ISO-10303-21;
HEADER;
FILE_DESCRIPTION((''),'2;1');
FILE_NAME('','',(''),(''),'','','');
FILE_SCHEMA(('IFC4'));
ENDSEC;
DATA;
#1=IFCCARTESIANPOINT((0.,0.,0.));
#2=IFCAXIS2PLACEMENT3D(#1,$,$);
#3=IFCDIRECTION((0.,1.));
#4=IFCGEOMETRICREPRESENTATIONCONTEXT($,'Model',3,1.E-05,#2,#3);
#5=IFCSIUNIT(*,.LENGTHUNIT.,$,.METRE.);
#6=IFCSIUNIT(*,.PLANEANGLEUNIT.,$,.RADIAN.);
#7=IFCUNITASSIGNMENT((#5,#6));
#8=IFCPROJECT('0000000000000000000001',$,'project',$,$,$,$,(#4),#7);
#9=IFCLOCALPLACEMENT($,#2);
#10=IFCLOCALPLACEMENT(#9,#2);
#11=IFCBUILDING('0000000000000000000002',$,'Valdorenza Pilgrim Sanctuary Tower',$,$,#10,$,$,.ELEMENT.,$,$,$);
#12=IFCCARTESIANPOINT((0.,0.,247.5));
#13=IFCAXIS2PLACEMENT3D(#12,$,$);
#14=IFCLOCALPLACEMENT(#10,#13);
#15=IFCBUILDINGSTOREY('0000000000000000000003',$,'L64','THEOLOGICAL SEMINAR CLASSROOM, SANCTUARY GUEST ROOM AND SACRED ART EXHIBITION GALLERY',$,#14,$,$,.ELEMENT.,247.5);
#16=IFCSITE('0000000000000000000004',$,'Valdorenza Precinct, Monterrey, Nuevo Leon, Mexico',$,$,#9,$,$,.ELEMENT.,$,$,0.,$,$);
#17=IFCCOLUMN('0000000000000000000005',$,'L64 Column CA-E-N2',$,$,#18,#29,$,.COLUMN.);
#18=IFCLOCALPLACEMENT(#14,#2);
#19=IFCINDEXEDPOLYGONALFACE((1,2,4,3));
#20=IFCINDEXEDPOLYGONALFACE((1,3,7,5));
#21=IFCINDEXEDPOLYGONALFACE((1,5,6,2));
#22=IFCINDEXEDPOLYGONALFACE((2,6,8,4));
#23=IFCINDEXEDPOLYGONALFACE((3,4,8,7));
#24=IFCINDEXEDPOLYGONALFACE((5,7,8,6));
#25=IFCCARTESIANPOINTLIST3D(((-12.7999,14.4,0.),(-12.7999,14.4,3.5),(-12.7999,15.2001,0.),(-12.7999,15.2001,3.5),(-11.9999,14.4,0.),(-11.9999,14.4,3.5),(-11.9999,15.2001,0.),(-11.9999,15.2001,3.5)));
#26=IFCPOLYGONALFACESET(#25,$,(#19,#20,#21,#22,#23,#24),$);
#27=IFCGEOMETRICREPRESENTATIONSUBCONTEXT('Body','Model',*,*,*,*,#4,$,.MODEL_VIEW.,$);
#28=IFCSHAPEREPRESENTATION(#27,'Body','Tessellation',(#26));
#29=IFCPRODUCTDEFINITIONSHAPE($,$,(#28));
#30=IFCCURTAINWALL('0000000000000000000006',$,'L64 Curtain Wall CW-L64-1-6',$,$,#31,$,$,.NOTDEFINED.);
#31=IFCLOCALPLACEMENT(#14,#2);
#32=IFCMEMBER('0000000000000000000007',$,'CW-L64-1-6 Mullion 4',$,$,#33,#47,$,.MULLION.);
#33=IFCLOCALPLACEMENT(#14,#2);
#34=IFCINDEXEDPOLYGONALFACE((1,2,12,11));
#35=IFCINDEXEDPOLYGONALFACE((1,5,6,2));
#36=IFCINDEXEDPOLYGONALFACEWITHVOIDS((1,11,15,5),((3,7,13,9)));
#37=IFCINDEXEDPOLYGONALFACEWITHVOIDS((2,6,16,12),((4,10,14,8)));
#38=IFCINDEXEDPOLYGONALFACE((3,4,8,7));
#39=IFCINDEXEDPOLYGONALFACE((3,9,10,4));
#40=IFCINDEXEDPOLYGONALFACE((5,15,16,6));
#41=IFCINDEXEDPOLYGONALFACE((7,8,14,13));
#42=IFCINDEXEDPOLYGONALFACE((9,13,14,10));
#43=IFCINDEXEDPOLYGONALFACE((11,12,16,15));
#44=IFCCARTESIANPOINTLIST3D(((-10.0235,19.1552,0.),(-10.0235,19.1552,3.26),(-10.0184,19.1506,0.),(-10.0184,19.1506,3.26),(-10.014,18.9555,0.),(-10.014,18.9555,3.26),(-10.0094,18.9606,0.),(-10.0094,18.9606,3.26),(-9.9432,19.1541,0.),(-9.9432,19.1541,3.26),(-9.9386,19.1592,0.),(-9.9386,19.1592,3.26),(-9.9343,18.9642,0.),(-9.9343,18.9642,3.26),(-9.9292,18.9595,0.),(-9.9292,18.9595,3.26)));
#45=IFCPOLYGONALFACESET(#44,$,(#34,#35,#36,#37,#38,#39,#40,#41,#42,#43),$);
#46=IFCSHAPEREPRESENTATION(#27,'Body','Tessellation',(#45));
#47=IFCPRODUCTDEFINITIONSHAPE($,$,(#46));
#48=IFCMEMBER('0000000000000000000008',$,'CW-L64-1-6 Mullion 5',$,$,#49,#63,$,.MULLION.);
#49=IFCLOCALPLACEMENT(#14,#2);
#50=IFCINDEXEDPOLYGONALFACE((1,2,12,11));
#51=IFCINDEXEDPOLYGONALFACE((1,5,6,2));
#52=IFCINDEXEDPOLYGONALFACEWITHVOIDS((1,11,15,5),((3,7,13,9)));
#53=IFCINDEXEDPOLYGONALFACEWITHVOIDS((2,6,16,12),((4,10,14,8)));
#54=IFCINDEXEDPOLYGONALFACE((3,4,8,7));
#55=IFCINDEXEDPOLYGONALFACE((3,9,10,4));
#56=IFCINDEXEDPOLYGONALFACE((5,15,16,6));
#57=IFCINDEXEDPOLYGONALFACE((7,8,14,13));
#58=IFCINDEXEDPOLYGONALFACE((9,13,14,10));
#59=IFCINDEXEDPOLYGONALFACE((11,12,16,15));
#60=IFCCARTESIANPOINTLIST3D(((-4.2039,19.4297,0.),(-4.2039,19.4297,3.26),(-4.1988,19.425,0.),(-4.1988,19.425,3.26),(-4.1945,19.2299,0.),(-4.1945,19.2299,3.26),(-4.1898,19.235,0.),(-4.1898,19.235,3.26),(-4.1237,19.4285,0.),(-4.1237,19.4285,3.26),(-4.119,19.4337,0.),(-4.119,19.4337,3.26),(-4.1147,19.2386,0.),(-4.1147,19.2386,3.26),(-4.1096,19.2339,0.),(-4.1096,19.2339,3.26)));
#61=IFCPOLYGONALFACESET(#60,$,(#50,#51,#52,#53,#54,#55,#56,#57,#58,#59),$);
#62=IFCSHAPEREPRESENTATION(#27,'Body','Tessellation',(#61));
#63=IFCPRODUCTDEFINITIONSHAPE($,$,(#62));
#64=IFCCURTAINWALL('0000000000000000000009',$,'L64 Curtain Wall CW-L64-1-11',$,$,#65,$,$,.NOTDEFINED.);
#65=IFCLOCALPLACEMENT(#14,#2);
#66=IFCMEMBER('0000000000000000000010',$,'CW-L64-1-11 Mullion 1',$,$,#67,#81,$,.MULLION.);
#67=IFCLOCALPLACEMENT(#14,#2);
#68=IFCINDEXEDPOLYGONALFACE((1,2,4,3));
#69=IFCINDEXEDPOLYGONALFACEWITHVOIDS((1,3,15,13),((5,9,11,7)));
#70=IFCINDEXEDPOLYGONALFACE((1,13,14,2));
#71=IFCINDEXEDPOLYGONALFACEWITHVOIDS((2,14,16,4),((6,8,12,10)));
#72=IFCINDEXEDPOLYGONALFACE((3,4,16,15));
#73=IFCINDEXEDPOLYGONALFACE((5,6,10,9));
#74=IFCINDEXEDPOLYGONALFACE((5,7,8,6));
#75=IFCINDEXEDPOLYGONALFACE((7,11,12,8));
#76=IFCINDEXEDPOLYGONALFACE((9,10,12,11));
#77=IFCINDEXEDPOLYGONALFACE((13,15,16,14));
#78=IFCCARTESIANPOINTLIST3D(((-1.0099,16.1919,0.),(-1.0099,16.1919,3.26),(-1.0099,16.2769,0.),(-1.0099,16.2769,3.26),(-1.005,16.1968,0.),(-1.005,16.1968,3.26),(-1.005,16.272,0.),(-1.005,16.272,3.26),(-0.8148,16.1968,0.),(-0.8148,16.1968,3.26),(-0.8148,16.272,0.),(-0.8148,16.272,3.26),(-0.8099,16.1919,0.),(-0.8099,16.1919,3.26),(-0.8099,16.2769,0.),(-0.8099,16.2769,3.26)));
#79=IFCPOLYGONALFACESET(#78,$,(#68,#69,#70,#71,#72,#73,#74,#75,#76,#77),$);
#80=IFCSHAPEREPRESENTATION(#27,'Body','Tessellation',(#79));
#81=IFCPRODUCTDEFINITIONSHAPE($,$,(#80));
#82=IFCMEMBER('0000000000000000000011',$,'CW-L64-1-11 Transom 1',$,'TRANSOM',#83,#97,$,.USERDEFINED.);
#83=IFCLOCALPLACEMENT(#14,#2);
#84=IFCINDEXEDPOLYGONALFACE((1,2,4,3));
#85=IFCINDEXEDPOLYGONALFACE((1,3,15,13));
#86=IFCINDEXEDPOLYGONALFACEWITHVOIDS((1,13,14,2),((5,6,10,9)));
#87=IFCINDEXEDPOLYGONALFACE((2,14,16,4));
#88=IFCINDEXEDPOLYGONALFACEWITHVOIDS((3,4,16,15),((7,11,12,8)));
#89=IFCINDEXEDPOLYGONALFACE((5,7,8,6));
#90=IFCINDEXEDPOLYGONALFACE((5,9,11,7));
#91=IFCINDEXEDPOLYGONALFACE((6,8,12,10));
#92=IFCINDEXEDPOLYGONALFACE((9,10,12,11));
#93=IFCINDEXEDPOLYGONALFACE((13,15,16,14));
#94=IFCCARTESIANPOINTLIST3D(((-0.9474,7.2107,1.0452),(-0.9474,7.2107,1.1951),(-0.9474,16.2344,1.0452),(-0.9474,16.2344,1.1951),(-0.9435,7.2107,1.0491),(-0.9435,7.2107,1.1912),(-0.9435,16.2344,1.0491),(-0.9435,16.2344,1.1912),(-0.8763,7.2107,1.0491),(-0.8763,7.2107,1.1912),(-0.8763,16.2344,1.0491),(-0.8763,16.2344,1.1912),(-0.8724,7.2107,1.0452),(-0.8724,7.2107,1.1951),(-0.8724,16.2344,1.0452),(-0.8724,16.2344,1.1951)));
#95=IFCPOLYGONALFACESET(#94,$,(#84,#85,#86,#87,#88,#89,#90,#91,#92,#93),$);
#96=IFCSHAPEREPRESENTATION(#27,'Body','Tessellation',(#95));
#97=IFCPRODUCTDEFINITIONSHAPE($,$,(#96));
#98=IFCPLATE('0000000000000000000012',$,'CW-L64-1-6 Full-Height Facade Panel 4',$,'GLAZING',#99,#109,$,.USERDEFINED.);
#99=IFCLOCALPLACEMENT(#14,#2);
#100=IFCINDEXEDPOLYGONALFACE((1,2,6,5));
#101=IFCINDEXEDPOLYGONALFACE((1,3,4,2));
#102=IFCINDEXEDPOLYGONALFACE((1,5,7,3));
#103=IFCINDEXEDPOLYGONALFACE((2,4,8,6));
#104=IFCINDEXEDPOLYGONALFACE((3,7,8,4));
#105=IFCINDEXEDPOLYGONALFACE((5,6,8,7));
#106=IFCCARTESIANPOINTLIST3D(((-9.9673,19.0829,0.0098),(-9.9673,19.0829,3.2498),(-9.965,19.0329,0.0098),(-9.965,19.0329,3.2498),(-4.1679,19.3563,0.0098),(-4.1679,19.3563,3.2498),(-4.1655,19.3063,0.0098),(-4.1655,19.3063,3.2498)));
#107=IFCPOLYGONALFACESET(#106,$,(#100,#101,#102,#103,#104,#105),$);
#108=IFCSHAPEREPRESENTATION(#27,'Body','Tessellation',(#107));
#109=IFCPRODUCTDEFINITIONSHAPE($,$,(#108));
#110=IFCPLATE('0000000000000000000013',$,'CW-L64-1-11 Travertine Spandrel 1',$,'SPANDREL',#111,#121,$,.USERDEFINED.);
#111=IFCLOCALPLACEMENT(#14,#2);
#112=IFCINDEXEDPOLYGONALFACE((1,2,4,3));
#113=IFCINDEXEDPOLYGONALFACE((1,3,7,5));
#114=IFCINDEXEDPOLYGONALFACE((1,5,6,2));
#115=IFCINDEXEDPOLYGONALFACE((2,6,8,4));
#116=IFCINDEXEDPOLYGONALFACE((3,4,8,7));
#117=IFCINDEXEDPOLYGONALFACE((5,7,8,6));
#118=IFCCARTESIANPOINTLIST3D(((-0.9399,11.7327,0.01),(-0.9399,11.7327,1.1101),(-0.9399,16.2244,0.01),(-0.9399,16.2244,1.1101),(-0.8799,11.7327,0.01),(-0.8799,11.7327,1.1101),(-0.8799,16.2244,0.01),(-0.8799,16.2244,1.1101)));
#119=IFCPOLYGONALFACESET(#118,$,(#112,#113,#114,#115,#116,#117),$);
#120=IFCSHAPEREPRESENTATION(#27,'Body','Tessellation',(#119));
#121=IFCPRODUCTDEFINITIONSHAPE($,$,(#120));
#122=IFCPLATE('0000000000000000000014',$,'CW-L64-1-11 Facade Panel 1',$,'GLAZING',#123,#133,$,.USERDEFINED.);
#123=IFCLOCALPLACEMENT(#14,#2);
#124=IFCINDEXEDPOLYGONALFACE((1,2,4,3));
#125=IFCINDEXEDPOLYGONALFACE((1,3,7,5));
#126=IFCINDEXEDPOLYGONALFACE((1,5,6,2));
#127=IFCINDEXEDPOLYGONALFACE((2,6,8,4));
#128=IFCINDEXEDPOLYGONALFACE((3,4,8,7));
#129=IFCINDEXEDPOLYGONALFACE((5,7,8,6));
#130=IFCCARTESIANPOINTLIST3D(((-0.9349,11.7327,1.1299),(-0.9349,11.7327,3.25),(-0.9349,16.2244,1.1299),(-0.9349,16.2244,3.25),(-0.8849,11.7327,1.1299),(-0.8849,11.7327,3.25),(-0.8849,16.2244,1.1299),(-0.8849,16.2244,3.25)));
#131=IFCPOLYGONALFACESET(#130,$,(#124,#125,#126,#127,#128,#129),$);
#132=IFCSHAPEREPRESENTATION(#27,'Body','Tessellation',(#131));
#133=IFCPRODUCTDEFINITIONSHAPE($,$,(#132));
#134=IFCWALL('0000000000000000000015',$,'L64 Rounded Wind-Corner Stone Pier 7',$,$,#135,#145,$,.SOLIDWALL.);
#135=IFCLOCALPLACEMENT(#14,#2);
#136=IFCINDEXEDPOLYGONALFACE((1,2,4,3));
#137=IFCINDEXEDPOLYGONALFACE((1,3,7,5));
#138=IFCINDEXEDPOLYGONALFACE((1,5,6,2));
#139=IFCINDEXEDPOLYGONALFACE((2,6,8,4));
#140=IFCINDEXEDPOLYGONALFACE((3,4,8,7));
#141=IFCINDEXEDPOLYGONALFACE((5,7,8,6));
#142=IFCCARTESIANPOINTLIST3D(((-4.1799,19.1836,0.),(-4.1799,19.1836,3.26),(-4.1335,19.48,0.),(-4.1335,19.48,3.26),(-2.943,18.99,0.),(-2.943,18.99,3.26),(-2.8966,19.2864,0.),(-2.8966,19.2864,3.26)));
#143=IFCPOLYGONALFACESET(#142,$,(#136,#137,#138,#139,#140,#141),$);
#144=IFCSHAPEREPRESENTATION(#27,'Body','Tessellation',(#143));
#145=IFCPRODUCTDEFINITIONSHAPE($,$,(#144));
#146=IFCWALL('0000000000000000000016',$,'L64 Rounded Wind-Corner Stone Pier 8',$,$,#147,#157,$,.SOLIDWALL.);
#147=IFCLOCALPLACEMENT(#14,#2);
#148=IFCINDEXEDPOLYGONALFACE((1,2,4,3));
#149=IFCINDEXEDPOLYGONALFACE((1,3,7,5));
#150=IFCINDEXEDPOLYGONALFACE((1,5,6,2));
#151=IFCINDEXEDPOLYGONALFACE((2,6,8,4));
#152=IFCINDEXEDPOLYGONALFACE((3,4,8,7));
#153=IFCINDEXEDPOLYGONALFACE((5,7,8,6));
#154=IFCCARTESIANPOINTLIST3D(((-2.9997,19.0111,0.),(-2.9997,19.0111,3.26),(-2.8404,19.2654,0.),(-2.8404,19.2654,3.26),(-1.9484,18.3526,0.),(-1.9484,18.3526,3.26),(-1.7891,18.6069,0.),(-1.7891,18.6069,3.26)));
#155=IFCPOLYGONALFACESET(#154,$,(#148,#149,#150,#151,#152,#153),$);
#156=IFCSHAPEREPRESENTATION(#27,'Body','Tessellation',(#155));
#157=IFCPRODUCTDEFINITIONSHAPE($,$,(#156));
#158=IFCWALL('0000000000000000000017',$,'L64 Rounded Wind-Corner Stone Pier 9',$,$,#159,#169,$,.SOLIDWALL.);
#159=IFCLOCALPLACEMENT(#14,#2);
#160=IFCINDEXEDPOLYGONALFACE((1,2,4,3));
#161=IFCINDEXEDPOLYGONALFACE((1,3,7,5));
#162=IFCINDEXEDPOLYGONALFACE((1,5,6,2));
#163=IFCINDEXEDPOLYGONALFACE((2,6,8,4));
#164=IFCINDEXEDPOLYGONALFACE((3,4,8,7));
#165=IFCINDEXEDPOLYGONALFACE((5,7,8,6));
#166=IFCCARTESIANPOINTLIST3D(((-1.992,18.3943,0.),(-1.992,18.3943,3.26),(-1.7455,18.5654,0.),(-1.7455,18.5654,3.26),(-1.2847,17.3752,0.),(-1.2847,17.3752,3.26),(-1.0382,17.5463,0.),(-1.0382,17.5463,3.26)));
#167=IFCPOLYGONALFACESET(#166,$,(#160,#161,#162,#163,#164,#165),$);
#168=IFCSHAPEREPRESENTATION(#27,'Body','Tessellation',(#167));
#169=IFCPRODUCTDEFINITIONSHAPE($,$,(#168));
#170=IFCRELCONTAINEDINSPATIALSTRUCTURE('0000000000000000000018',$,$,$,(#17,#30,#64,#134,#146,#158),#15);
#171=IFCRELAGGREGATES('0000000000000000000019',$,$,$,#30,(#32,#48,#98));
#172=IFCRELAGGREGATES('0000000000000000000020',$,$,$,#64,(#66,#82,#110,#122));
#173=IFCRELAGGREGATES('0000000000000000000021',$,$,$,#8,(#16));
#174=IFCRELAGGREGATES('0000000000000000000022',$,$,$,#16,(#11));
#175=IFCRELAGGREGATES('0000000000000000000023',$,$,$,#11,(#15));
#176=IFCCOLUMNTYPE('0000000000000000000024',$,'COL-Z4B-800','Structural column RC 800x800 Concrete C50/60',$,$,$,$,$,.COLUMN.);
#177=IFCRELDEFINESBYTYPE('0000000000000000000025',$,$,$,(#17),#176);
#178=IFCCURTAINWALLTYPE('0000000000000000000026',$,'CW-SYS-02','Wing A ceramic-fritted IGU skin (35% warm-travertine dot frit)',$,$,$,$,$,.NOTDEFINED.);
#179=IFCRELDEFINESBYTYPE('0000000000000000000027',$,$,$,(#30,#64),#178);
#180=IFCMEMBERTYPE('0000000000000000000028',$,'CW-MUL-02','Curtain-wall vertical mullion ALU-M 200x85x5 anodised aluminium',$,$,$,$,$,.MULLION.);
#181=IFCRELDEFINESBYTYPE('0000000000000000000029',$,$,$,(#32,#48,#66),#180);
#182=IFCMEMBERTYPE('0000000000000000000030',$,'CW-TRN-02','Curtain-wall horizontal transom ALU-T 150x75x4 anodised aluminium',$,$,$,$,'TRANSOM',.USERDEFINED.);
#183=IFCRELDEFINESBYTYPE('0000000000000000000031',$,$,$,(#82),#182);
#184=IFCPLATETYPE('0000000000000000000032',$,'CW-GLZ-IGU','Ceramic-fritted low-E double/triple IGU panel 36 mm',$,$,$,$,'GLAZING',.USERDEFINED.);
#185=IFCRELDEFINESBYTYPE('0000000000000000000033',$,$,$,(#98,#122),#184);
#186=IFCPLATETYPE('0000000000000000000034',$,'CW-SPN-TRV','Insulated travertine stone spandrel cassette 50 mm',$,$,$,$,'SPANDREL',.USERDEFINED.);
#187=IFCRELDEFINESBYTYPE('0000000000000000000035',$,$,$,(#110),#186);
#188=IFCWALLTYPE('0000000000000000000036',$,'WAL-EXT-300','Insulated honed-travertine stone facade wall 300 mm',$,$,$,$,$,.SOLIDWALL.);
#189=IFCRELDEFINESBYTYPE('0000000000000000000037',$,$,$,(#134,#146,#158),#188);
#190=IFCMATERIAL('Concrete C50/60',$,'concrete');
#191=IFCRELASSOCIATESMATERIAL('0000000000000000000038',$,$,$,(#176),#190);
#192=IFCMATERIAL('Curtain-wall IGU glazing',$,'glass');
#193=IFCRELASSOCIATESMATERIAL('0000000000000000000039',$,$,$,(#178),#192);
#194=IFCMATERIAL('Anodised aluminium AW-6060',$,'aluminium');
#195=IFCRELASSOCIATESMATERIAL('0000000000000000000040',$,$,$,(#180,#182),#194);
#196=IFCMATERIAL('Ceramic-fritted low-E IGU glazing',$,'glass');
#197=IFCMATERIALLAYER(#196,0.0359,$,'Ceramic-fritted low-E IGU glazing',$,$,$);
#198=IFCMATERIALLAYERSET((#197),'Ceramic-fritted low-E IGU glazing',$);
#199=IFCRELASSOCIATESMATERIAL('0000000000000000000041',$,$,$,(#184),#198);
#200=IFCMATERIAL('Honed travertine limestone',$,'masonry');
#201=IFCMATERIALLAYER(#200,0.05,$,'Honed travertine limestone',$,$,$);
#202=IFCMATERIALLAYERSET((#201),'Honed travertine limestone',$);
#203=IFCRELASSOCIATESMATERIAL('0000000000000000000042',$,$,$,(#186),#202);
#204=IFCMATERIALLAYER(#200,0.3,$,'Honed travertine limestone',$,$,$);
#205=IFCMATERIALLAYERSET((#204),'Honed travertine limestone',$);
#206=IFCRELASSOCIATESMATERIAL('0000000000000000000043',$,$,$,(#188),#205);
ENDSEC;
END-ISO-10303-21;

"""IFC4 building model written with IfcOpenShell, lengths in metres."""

from ifc_helpers import new_model, si_unit, direction, frame, frame_2d, origin, origin_2d, place, context, subcontext, project, spatial, rectangle, hollow_rectangle, extrude, source, transform, mapped, material, layer, layer_set, material_profile, profile_set, type_object, element, aggregate, save


model = new_model("IFC4")

# Units and contexts
model_context = context("Model", 3, precision=1e-05, world=origin(), true_north=direction((0.0, 1.0)))
body_context = subcontext(model_context, "Body", "Model", "MODEL_VIEW")
ifc_project = project(units=[si_unit("LENGTHUNIT", "METRE"), si_unit("PLANEANGLEUNIT", "RADIAN")], contexts=[model_context])

# Site, building, storey
site_placement = place(None, origin())
site = spatial("IfcSite", under=ifc_project, at=site_placement, Name="Valdorenza Precinct, Monterrey, Nuevo Leon, Mexico", CompositionType="ELEMENT", RefElevation=0.0)
building_placement = place(site_placement, origin())
building = spatial("IfcBuilding", under=site, at=building_placement, Name="Valdorenza Pilgrim Sanctuary Tower", CompositionType="ELEMENT")
storey_placement = place(building_placement, frame((0.0, 0.0, 247.5)))
storey = spatial("IfcBuildingStorey", under=building, at=storey_placement, Name="L64", Description="THEOLOGICAL SEMINAR CLASSROOM, SANCTUARY GUEST ROOM AND SACRED ART EXHIBITION GALLERY", CompositionType="ELEMENT", Elevation=247.5)

# Column
ifc_material_1 = material(Name="Concrete C50/60", Category="concrete")
ifc_material_profile_1 = material_profile(ifc_material_1, rectangle(XDim=0.8, YDim=0.8, at=origin_2d()), Name="RC 800x800")
ifc_profile_set_1 = profile_set([ifc_material_profile_1], Name="Concrete C50/60")
column_type = type_object("IfcColumnType", Name="COL-Z4B-800", Description="Structural column RC 800x800 Concrete C50/60", PredefinedType="COLUMN", material=ifc_profile_set_1)
shared_shape_1 = source(origin(), body_context, "Body", "SweptSolid", [
    extrude(rectangle(XDim=0.8, YDim=0.8, at=origin_2d()), origin(), (0.0, 0.0, 1.0), 3.5),
])
column_placement = place(storey_placement, frame((-12.3999, 14.8, 0.0), z_axis=(0.0, 0.0, 1.0), x_axis=(1.0, 0.0, 0.0)))
element("IfcColumn", 1, at=column_placement, inside=storey, type_object=column_type, Name="L64 Column CA-E-N2", PredefinedType="COLUMN", context=body_context, shape_type="MappedRepresentation", body=[
    mapped(shared_shape_1, transform((0.0, 0.0, 0.0), x_axis=(1.0, 0.0, 0.0), y_axis=(0.0, 1.0, 0.0), z_axis=(0.0, 0.0, 1.0), scale=1.0)),
])

# Curtain walls, members
ifc_material_2 = material(Name="Curtain-wall IGU glazing", Category="glass")
curtain_wall_type = type_object("IfcCurtainWallType", Name="CW-SYS-02", Description="Wing A ceramic-fritted IGU skin (35% warm-travertine dot frit)", PredefinedType="NOTDEFINED", material=ifc_material_2)
curtain_wall_1_placement = place(storey_placement, origin())
curtain_wall_1 = element("IfcCurtainWall", 2, at=curtain_wall_1_placement, inside=storey, type_object=curtain_wall_type, Name="L64 Curtain Wall CW-L64-1-6", PredefinedType="NOTDEFINED")
ifc_material_3 = material(Name="Anodised aluminium AW-6060", Category="aluminium")
ifc_material_profile_2 = material_profile(ifc_material_3, hollow_rectangle(XDim=0.085, YDim=0.2, WallThickness=0.0049, at=origin_2d()), Name="ALU-M 200x85x5")
ifc_profile_set_2 = profile_set([ifc_material_profile_2], Name="Anodised aluminium AW-6060")
member_type_1 = type_object("IfcMemberType", Name="CW-MUL-02", Description="Curtain-wall vertical mullion ALU-M 200x85x5 anodised aluminium", PredefinedType="MULLION", material=ifc_profile_set_2)
shared_shape_2 = source(origin(), body_context, "Body", "SweptSolid", [
    extrude(hollow_rectangle(XDim=0.085, YDim=0.2, WallThickness=0.0049, at=origin_2d()), origin(), (0.0, 0.0, 1.0), 3.26),
])
member_1_placement = place(storey_placement, frame((-9.9763, 19.0574, 0.0), z_axis=(0.0, 0.0, 1.0), x_axis=(0.998891, 0.047089, 0.0)))
member_1 = element("IfcMember", 3, at=member_1_placement, type_object=member_type_1, Name="CW-L64-1-6 Mullion 4", PredefinedType="MULLION", context=body_context, shape_type="MappedRepresentation", body=[
    mapped(shared_shape_2, transform((0.0, 0.0, 0.0), x_axis=(1.0, 0.0, 0.0), y_axis=(0.0, 1.0, 0.0), z_axis=(0.0, 0.0, 1.0), scale=1.0)),
])
member_2_placement = place(storey_placement, frame((-4.1567, 19.3318, 0.0), z_axis=(0.0, 0.0, 1.0), x_axis=(0.998891, 0.047089, 0.0)))
member_2 = element("IfcMember", 4, at=member_2_placement, type_object=member_type_1, Name="CW-L64-1-6 Mullion 5", PredefinedType="MULLION", context=body_context, shape_type="MappedRepresentation", body=[
    mapped(shared_shape_2, transform((0.0, 0.0, 0.0), x_axis=(1.0, 0.0, 0.0), y_axis=(0.0, 1.0, 0.0), z_axis=(0.0, 0.0, 1.0), scale=1.0)),
])
curtain_wall_2_placement = place(storey_placement, origin())
curtain_wall_2 = element("IfcCurtainWall", 5, at=curtain_wall_2_placement, inside=storey, type_object=curtain_wall_type, Name="L64 Curtain Wall CW-L64-1-11", PredefinedType="NOTDEFINED")
member_3_placement = place(storey_placement, frame((-0.9099, 16.2344, 0.0), z_axis=(0.0, 0.0, 1.0), x_axis=(0.0, -1.0, 0.0)))
member_3 = element("IfcMember", 6, at=member_3_placement, type_object=member_type_1, Name="CW-L64-1-11 Mullion 1", PredefinedType="MULLION", context=body_context, shape_type="MappedRepresentation", body=[
    mapped(shared_shape_2, transform((0.0, 0.0, 0.0), x_axis=(1.0, 0.0, 0.0), y_axis=(0.0, 1.0, 0.0), z_axis=(0.0, 0.0, 1.0), scale=1.0)),
])
ifc_material_profile_3 = material_profile(ifc_material_3, hollow_rectangle(XDim=0.075, YDim=0.1499, WallThickness=0.0039, at=origin_2d()), Name="ALU-T 150x75x4")
ifc_profile_set_3 = profile_set([ifc_material_profile_3], Name="Anodised aluminium AW-6060")
member_type_2 = type_object("IfcMemberType", Name="CW-TRN-02", Description="Curtain-wall horizontal transom ALU-T 150x75x4 anodised aluminium", ElementType="TRANSOM", PredefinedType="USERDEFINED", material=ifc_profile_set_3)
shared_shape_3 = source(origin(), body_context, "Body", "SweptSolid", [
    extrude(hollow_rectangle(XDim=0.075, YDim=0.1499, WallThickness=0.0039, at=origin_2d()), origin(), (0.0, 0.0, 1.0), 9.0237),
])
member_4_placement = place(storey_placement, frame((-0.9099, 16.2344, 1.1201), z_axis=(0.0, -1.0, 0.0), x_axis=(1.0, 0.0, 0.0)))
member_4 = element("IfcMember", 7, at=member_4_placement, type_object=member_type_2, Name="CW-L64-1-11 Transom 1", ObjectType="TRANSOM", PredefinedType="USERDEFINED", context=body_context, shape_type="MappedRepresentation", body=[
    mapped(shared_shape_3, transform((0.0, 0.0, 0.0), x_axis=(1.0, 0.0, 0.0), y_axis=(0.0, 1.0, 0.0), z_axis=(0.0, 0.0, 1.0), scale=1.0)),
])

# Plates
ifc_material_4 = material(Name="Ceramic-fritted low-E IGU glazing", Category="glass")
ifc_layer_1 = layer(ifc_material_4, 0.0359, Name="Ceramic-fritted low-E IGU glazing")
ifc_layer_set_1 = layer_set([ifc_layer_1], Name="Ceramic-fritted low-E IGU glazing")
plate_type_1 = type_object("IfcPlateType", Name="CW-GLZ-IGU", Description="Ceramic-fritted low-E double/triple IGU panel 36 mm", ElementType="GLAZING", PredefinedType="USERDEFINED", material=ifc_layer_set_1)
shared_shape_4 = source(origin(), body_context, "Body", "SweptSolid", [
    extrude(rectangle(XDim=5.8059, YDim=0.05, at=origin_2d()), origin(), (0.0, 0.0, 1.0), 3.24),
])
plate_1_placement = place(storey_placement, frame((-7.0664, 19.1946, 0.0098), z_axis=(0.0, 0.0, 1.0), x_axis=(0.998891, 0.047089, 0.0)))
plate_1 = element("IfcPlate", 8, at=plate_1_placement, type_object=plate_type_1, Name="CW-L64-1-6 Full-Height Facade Panel 4", ObjectType="GLAZING", PredefinedType="USERDEFINED", context=body_context, shape_type="MappedRepresentation", body=[
    mapped(shared_shape_4, transform((0.0, 0.0, 0.0), x_axis=(1.0, 0.0, 0.0), y_axis=(0.0, 1.0, 0.0), z_axis=(0.0, 0.0, 1.0), scale=1.0)),
])
aggregate(curtain_wall_1, [member_1, member_2, plate_1])
ifc_material_5 = material(Name="Honed travertine limestone", Category="masonry")
ifc_layer_2 = layer(ifc_material_5, 0.05, Name="Honed travertine limestone")
ifc_layer_set_2 = layer_set([ifc_layer_2], Name="Honed travertine limestone")
plate_type_2 = type_object("IfcPlateType", Name="CW-SPN-TRV", Description="Insulated travertine stone spandrel cassette 50 mm", ElementType="SPANDREL", PredefinedType="USERDEFINED", material=ifc_layer_set_2)
shared_shape_5 = source(origin(), body_context, "Body", "SweptSolid", [
    extrude(rectangle(XDim=4.4917, YDim=0.0601, at=origin_2d()), origin(), (0.0, 0.0, 1.0), 1.1001),
])
plate_2_placement = place(storey_placement, frame((-0.9099, 13.9785, 0.01), z_axis=(0.0, 0.0, 1.0), x_axis=(0.0, -1.0, 0.0)))
plate_2 = element("IfcPlate", 9, at=plate_2_placement, type_object=plate_type_2, Name="CW-L64-1-11 Travertine Spandrel 1", ObjectType="SPANDREL", PredefinedType="USERDEFINED", context=body_context, shape_type="MappedRepresentation", body=[
    mapped(shared_shape_5, transform((0.0, 0.0, 0.0), x_axis=(1.0, 0.0, 0.0), y_axis=(0.0, 1.0, 0.0), z_axis=(0.0, 0.0, 1.0), scale=1.0)),
])
shared_shape_6 = source(origin(), body_context, "Body", "SweptSolid", [
    extrude(rectangle(XDim=4.4917, YDim=0.05, at=origin_2d()), origin(), (0.0, 0.0, 1.0), 2.1201),
])
plate_3_placement = place(storey_placement, frame((-0.9099, 13.9785, 1.1299), z_axis=(0.0, 0.0, 1.0), x_axis=(0.0, -1.0, 0.0)))
plate_3 = element("IfcPlate", 10, at=plate_3_placement, type_object=plate_type_1, Name="CW-L64-1-11 Facade Panel 1", ObjectType="GLAZING", PredefinedType="USERDEFINED", context=body_context, shape_type="MappedRepresentation", body=[
    mapped(shared_shape_6, transform((0.0, 0.0, 0.0), x_axis=(1.0, 0.0, 0.0), y_axis=(0.0, 1.0, 0.0), z_axis=(0.0, 0.0, 1.0), scale=1.0)),
])
aggregate(curtain_wall_2, [member_3, member_4, plate_2, plate_3])

# Walls
ifc_layer_3 = layer(ifc_material_5, 0.3, Name="Honed travertine limestone")
ifc_layer_set_3 = layer_set([ifc_layer_3], Name="Honed travertine limestone")
wall_type_1 = type_object("IfcWallType", Name="WAL-EXT-300", Description="Insulated honed-travertine stone facade wall 300 mm", PredefinedType="SOLIDWALL", material=ifc_layer_set_3)
wall_1_placement = place(storey_placement, frame((-4.1567, 19.3318, 0.0), z_axis=(0.0, 0.0, 1.0), x_axis=(0.987969, -0.154651, 0.0)))
element("IfcWall", 11, at=wall_1_placement, inside=storey, type_object=wall_type_1, Name="L64 Rounded Wind-Corner Stone Pier 7", PredefinedType="SOLIDWALL", context=body_context, shape_type="SweptSolid", body=[
    extrude(rectangle(XDim=1.252, YDim=0.3, at=frame_2d((0.626, 0.0))), origin(), (0.0, 0.0, 1.0), 3.26),
])
for number, where, z_axis, x_axis, name in (
    (12, (-2.9199, 19.1382, 0.0), (0.0, 0.0, 1.0), (0.847489, -0.530812, 0.0), "L64 Rounded Wind-Corner Stone Pier 8"),
    (13, (-1.8687, 18.4797, 0.0), (0.0, 0.0, 1.0), (0.570182, -0.821518, 0.0), "L64 Rounded Wind-Corner Stone Pier 9"),
):
    element("IfcWall", number, at=place(storey_placement, frame(where, z_axis=z_axis, x_axis=x_axis)), inside=storey, type_object=wall_type_1, Name=name, PredefinedType="SOLIDWALL", context=body_context, shape_type="SweptSolid", body=[
        extrude(rectangle(XDim=1.2405, YDim=0.3, at=frame_2d((0.6201, 0.0))), origin(), (0.0, 0.0, 1.0), 3.26),
    ])

save(model, "model.ifc")
